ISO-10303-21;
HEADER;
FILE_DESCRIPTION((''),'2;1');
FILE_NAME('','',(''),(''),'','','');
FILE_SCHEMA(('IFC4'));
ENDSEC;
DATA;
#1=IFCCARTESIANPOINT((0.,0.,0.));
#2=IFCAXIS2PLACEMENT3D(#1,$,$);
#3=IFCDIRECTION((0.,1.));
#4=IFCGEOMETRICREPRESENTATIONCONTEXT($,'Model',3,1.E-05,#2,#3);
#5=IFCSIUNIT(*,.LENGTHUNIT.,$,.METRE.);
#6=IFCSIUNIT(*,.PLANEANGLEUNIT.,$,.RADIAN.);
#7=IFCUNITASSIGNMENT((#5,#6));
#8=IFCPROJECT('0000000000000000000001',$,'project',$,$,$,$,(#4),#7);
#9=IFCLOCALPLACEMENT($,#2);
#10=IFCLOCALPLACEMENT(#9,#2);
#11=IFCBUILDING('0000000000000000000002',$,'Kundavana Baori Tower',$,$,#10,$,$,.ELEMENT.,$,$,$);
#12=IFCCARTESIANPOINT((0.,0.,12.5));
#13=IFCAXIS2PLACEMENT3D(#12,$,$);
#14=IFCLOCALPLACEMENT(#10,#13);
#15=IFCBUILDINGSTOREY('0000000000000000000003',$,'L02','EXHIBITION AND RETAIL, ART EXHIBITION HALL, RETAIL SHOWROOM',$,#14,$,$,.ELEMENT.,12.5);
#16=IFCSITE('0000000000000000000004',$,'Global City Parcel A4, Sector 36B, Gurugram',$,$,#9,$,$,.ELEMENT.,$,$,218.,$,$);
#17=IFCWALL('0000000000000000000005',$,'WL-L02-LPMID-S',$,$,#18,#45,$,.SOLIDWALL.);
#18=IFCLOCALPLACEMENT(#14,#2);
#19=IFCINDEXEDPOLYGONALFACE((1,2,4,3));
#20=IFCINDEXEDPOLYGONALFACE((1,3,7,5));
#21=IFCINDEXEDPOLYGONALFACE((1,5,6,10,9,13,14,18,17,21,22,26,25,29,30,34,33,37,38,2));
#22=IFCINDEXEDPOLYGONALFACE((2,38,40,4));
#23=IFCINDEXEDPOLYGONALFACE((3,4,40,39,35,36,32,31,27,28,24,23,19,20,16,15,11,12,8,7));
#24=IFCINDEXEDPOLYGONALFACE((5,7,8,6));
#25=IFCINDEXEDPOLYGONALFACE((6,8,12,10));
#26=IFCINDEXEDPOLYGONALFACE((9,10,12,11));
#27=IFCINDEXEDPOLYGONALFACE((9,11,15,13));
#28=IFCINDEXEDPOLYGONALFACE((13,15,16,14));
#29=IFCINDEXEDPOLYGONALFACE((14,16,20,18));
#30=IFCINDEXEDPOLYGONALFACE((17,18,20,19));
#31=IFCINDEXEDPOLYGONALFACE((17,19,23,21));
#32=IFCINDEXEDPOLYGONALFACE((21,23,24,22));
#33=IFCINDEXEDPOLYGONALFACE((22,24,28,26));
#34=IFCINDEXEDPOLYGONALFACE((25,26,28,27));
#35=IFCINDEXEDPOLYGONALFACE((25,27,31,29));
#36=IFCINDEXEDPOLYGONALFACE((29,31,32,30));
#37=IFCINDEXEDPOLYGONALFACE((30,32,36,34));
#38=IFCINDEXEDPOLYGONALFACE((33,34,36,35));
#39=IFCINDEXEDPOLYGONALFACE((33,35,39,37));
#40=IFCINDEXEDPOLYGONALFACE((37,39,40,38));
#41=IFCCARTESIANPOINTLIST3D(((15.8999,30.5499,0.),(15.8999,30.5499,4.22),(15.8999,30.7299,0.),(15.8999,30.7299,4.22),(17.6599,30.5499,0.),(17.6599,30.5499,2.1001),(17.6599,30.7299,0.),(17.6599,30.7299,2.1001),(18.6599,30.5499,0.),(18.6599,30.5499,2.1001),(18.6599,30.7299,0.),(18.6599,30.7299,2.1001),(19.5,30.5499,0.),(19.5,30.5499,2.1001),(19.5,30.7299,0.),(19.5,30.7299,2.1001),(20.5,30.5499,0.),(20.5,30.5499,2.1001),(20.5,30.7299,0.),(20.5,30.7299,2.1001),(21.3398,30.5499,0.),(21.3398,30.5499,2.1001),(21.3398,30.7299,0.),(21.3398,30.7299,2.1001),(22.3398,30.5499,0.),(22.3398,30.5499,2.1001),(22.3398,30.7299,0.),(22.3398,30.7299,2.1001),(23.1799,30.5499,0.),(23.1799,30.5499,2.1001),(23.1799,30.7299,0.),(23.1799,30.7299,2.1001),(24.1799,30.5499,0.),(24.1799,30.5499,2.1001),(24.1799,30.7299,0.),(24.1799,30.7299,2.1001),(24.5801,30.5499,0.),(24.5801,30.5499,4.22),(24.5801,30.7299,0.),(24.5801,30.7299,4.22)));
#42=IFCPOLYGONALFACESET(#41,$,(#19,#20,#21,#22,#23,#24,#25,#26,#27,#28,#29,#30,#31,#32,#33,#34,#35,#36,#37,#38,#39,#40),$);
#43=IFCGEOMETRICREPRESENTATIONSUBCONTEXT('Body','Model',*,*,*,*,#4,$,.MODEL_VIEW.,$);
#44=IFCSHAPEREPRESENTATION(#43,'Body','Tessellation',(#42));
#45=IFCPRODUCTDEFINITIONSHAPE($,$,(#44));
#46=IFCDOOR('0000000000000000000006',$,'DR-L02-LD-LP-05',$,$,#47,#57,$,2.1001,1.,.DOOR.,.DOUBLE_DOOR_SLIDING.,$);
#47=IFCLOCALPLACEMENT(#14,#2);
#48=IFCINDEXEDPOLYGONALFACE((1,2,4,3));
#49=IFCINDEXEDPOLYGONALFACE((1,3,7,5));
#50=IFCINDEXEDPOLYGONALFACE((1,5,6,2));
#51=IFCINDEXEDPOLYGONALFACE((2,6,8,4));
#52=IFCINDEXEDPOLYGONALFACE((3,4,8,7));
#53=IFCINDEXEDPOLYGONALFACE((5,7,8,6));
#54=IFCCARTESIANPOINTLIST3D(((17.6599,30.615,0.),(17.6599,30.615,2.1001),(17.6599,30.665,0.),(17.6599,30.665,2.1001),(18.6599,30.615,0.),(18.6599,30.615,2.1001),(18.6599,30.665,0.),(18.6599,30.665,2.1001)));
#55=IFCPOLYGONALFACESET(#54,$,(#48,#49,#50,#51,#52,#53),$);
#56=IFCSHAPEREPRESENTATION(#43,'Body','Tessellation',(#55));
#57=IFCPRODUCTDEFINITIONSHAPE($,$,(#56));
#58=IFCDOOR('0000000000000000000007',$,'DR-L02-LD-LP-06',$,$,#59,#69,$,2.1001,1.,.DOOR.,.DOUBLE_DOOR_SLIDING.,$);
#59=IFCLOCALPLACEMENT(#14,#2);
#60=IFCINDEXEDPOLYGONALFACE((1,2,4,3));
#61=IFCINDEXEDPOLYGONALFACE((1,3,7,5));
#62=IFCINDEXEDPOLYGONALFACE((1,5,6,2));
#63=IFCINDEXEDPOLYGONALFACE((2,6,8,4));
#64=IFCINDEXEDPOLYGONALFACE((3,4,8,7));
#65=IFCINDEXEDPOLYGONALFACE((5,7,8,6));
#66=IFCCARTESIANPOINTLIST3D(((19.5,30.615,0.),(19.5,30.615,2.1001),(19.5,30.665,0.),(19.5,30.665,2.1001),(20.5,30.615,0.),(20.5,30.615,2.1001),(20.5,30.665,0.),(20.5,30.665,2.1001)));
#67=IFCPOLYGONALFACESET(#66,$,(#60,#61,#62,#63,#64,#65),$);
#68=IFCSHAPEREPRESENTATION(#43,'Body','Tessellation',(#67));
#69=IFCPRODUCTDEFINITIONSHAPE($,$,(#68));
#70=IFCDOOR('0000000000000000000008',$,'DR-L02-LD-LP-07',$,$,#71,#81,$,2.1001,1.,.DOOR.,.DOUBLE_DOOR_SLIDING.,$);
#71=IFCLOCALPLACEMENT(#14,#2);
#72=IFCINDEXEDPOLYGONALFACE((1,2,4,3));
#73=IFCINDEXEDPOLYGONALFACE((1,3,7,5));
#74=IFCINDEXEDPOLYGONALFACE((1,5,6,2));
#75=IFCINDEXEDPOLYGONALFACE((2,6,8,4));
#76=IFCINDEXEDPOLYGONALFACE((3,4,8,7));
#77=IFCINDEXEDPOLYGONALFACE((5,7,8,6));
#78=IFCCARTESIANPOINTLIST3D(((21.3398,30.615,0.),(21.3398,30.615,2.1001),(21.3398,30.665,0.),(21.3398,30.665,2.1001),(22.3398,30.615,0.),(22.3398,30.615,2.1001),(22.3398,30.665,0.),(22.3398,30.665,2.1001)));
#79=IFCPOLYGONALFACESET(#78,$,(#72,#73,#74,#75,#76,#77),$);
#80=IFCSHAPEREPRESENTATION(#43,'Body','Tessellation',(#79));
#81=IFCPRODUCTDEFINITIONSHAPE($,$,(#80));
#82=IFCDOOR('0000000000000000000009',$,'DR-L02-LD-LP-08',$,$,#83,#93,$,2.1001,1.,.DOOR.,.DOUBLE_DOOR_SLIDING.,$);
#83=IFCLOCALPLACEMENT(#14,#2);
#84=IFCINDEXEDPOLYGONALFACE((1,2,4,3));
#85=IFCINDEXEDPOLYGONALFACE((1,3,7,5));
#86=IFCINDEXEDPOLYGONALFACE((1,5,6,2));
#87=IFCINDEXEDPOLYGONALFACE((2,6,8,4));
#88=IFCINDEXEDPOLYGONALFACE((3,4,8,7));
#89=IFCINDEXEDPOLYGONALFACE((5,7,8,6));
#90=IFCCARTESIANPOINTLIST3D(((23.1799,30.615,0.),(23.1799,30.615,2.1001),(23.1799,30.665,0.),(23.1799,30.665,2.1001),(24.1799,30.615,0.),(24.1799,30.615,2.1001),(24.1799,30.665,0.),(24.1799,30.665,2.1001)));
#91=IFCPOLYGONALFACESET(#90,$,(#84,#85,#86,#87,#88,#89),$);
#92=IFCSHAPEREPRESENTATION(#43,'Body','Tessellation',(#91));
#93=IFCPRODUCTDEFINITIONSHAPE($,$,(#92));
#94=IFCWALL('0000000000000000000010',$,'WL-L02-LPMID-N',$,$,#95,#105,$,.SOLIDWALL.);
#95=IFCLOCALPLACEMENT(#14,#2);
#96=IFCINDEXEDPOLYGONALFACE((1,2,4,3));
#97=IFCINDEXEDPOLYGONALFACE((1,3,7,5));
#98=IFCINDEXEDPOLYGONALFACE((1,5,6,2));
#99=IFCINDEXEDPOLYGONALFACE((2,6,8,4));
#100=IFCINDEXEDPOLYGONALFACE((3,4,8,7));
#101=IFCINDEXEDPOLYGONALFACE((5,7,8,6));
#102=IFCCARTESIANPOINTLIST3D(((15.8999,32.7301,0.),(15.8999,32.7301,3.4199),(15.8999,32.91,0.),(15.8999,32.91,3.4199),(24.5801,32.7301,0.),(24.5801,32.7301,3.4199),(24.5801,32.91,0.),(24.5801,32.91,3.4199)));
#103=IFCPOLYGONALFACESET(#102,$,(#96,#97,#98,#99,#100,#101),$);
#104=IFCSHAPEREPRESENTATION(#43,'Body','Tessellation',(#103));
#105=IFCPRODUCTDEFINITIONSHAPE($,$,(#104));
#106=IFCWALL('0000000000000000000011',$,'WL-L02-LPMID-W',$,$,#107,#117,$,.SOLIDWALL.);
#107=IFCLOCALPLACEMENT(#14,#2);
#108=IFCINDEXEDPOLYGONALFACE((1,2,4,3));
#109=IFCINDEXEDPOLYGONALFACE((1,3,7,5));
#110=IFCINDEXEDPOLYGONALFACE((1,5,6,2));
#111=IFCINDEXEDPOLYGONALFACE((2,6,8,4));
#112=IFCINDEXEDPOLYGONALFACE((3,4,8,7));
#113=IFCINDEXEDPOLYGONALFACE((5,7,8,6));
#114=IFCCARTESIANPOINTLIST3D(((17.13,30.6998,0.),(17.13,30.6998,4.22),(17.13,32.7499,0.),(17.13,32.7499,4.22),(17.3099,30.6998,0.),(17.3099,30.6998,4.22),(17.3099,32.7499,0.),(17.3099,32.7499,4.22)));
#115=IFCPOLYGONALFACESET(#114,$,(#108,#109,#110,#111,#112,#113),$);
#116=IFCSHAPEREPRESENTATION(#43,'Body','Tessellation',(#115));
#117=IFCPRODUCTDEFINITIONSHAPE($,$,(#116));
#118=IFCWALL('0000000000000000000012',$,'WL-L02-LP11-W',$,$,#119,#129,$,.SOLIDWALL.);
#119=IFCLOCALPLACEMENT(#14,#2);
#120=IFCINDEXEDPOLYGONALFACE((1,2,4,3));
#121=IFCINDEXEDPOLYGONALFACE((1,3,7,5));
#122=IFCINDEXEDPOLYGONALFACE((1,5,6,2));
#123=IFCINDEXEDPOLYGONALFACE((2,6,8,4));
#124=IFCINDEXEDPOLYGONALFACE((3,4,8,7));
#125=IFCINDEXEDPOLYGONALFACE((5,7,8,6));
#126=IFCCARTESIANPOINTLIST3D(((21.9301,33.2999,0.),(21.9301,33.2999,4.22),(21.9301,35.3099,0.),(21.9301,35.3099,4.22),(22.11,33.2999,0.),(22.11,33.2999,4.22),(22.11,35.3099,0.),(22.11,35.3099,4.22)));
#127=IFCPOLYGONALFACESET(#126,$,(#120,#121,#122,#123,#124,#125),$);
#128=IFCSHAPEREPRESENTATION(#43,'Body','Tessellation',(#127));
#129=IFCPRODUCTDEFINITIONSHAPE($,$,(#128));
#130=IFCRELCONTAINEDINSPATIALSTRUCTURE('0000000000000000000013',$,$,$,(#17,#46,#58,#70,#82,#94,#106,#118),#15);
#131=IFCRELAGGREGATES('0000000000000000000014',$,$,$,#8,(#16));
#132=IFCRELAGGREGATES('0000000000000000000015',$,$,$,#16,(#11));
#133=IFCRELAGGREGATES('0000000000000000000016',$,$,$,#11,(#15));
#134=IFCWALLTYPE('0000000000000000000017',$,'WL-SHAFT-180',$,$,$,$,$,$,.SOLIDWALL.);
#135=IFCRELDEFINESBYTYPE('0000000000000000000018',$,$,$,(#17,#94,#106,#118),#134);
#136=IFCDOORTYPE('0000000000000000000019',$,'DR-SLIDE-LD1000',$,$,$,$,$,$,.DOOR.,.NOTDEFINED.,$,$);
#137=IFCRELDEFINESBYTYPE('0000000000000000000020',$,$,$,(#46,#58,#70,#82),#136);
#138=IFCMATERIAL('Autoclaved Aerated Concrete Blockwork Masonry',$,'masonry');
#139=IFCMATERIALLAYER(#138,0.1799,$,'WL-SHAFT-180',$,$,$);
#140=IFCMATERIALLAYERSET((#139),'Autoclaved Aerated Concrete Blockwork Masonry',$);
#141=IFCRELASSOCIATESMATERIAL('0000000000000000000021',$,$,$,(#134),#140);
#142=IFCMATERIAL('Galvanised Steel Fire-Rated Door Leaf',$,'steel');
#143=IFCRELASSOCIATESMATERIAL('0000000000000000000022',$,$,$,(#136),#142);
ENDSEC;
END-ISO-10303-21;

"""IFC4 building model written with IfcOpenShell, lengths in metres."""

from ifc_helpers import new_model, si_unit, direction, frame, frame_2d, origin, place, context, subcontext, project, spatial, rectangle, extrude, material, layer, layer_set, type_object, element, fill, save


model = new_model("IFC4")

# Units and contexts
model_context = context("Model", 3, precision=1e-05, world=origin(), true_north=direction((0.0, 1.0)))
body_context = subcontext(model_context, "Body", "Model", "MODEL_VIEW")
ifc_project = project(units=[si_unit("LENGTHUNIT", "METRE"), si_unit("PLANEANGLEUNIT", "RADIAN")], contexts=[model_context])

# Site, building, storey
site_placement = place(None, origin())
site = spatial("IfcSite", under=ifc_project, at=site_placement, Name="Global City Parcel A4, Sector 36B, Gurugram", CompositionType="ELEMENT", RefElevation=218.0)
building_placement = place(site_placement, origin())
building = spatial("IfcBuilding", under=site, at=building_placement, Name="Kundavana Baori Tower", CompositionType="ELEMENT")
storey_placement = place(building_placement, frame((0.0, 0.0, 12.5)))
storey = spatial("IfcBuildingStorey", under=building, at=storey_placement, Name="L02", Description="EXHIBITION AND RETAIL, ART EXHIBITION HALL, RETAIL SHOWROOM", CompositionType="ELEMENT", Elevation=12.5)

# Wall, openings, doors
ifc_material_1 = material(Name="Autoclaved Aerated Concrete Blockwork Masonry", Category="masonry")
ifc_layer_1 = layer(ifc_material_1, 0.1799, Name="WL-SHAFT-180")
ifc_layer_set_1 = layer_set([ifc_layer_1], Name="Autoclaved Aerated Concrete Blockwork Masonry")
wall_type_1 = type_object("IfcWallType", Name="WL-SHAFT-180", PredefinedType="SOLIDWALL", material=ifc_layer_set_1)
wall_1_placement = place(storey_placement, frame((15.8999, 30.6399, 0.0), z_axis=(0.0, 0.0, 1.0), x_axis=(1.0, 0.0, 0.0)))
wall_1 = element("IfcWall", 1, at=wall_1_placement, inside=storey, type_object=wall_type_1, Name="WL-L02-LPMID-S", PredefinedType="SOLIDWALL", context=body_context, shape_type="SweptSolid", body=[
    extrude(rectangle(XDim=8.6802, YDim=0.1799, at=frame_2d((4.3401, 0.0))), origin(), (0.0, 0.0, 1.0), 4.22),
])
opening_1_placement = place(wall_1_placement, frame((1.76, 0.0, 0.0)))
opening_1 = element("IfcOpeningElement", 2, at=opening_1_placement, cuts=wall_1, PredefinedType="OPENING", context=body_context, shape_type="SweptSolid", body=[
    extrude(rectangle(XDim=1.0, YDim=2.1001, at=frame_2d((0.5, 1.05))), frame((0.0, 0.1001, 0.0), z_axis=(0.0, -1.0, 0.0), x_axis=(1.0, 0.0, 0.0)), (0.0, 0.0, 1.0), 0.2),
])
opening_2_placement = place(wall_1_placement, frame((3.6001, 0.0, 0.0)))
opening_2 = element("IfcOpeningElement", 3, at=opening_2_placement, cuts=wall_1, PredefinedType="OPENING", context=body_context, shape_type="SweptSolid", body=[
    extrude(rectangle(XDim=1.0, YDim=2.1001, at=frame_2d((0.5, 1.05))), frame((0.0, 0.1001, 0.0), z_axis=(0.0, -1.0, 0.0), x_axis=(1.0, 0.0, 0.0)), (0.0, 0.0, 1.0), 0.2),
])
opening_3_placement = place(wall_1_placement, frame((5.4399, 0.0, 0.0)))
opening_3 = element("IfcOpeningElement", 4, at=opening_3_placement, cuts=wall_1, PredefinedType="OPENING", context=body_context, shape_type="SweptSolid", body=[
    extrude(rectangle(XDim=1.0, YDim=2.1001, at=frame_2d((0.5, 1.05))), frame((0.0, 0.1001, 0.0), z_axis=(0.0, -1.0, 0.0), x_axis=(1.0, 0.0, 0.0)), (0.0, 0.0, 1.0), 0.2),
])
opening_4_placement = place(wall_1_placement, frame((7.28, 0.0, 0.0)))
opening_4 = element("IfcOpeningElement", 5, at=opening_4_placement, cuts=wall_1, PredefinedType="OPENING", context=body_context, shape_type="SweptSolid", body=[
    extrude(rectangle(XDim=1.0, YDim=2.1001, at=frame_2d((0.5, 1.05))), frame((0.0, 0.1001, 0.0), z_axis=(0.0, -1.0, 0.0), x_axis=(1.0, 0.0, 0.0)), (0.0, 0.0, 1.0), 0.2),
])
ifc_material_2 = material(Name="Galvanised Steel Fire-Rated Door Leaf", Category="steel")
door_type_1 = type_object("IfcDoorType", Name="DR-SLIDE-LD1000", OperationType="NOTDEFINED", PredefinedType="DOOR", material=ifc_material_2)
door_1_placement = place(opening_1_placement, frame((1.0, 0.0, 0.0), z_axis=(0.0, 0.0, 1.0), x_axis=(-1.0, 0.0, 0.0)))
door_1 = element("IfcDoor", 6, at=door_1_placement, inside=storey, type_object=door_type_1, Name="DR-L02-LD-LP-05", OperationType="DOUBLE_DOOR_SLIDING", OverallHeight=2.1001, OverallWidth=1.0, PredefinedType="DOOR", context=body_context, shape_type="SweptSolid", body=[
    extrude(rectangle(XDim=1.0, YDim=2.1001, at=frame_2d((0.5, 1.05))), frame((0.0, 0.0249, 0.0), z_axis=(0.0, -1.0, 0.0), x_axis=(1.0, 0.0, 0.0)), (0.0, 0.0, 1.0), 0.05),
])
fill(opening_1, door_1)
door_2_placement = place(opening_2_placement, frame((1.0, 0.0, 0.0), z_axis=(0.0, 0.0, 1.0), x_axis=(-1.0, 0.0, 0.0)))
door_2 = element("IfcDoor", 7, at=door_2_placement, inside=storey, type_object=door_type_1, Name="DR-L02-LD-LP-06", OperationType="DOUBLE_DOOR_SLIDING", OverallHeight=2.1001, OverallWidth=1.0, PredefinedType="DOOR", context=body_context, shape_type="SweptSolid", body=[
    extrude(rectangle(XDim=1.0, YDim=2.1001, at=frame_2d((0.5, 1.05))), frame((0.0, 0.0249, 0.0), z_axis=(0.0, -1.0, 0.0), x_axis=(1.0, 0.0, 0.0)), (0.0, 0.0, 1.0), 0.05),
])
fill(opening_2, door_2)
door_3_placement = place(opening_3_placement, frame((1.0, 0.0, 0.0), z_axis=(0.0, 0.0, 1.0), x_axis=(-1.0, 0.0, 0.0)))
door_3 = element("IfcDoor", 8, at=door_3_placement, inside=storey, type_object=door_type_1, Name="DR-L02-LD-LP-07", OperationType="DOUBLE_DOOR_SLIDING", OverallHeight=2.1001, OverallWidth=1.0, PredefinedType="DOOR", context=body_context, shape_type="SweptSolid", body=[
    extrude(rectangle(XDim=1.0, YDim=2.1001, at=frame_2d((0.5, 1.05))), frame((0.0, 0.0249, 0.0), z_axis=(0.0, -1.0, 0.0), x_axis=(1.0, 0.0, 0.0)), (0.0, 0.0, 1.0), 0.05),
])
fill(opening_3, door_3)
door_4_placement = place(opening_4_placement, frame((1.0, 0.0, 0.0), z_axis=(0.0, 0.0, 1.0), x_axis=(-1.0, 0.0, 0.0)))
door_4 = element("IfcDoor", 9, at=door_4_placement, inside=storey, type_object=door_type_1, Name="DR-L02-LD-LP-08", OperationType="DOUBLE_DOOR_SLIDING", OverallHeight=2.1001, OverallWidth=1.0, PredefinedType="DOOR", context=body_context, shape_type="SweptSolid", body=[
    extrude(rectangle(XDim=1.0, YDim=2.1001, at=frame_2d((0.5, 1.05))), frame((0.0, 0.0249, 0.0), z_axis=(0.0, -1.0, 0.0), x_axis=(1.0, 0.0, 0.0)), (0.0, 0.0, 1.0), 0.05),
])
fill(opening_4, door_4)

# Walls
wall_2_placement = place(storey_placement, frame((15.8999, 32.8201, 0.0), z_axis=(0.0, 0.0, 1.0), x_axis=(1.0, 0.0, 0.0)))
element("IfcWall", 10, at=wall_2_placement, inside=storey, type_object=wall_type_1, Name="WL-L02-LPMID-N", PredefinedType="SOLIDWALL", context=body_context, shape_type="SweptSolid", body=[
    extrude(rectangle(XDim=8.6802, YDim=0.1799, at=frame_2d((4.3401, 0.0))), origin(), (0.0, 0.0, 1.0), 3.4199),
])
wall_3_placement = place(storey_placement, frame((17.22, 30.7, 0.0), z_axis=(0.0, 0.0, 1.0), x_axis=(0.0, 1.0, 0.0)))
element("IfcWall", 11, at=wall_3_placement, inside=storey, type_object=wall_type_1, Name="WL-L02-LPMID-W", PredefinedType="SOLIDWALL", context=body_context, shape_type="SweptSolid", body=[
    extrude(rectangle(XDim=2.05, YDim=0.1799, at=frame_2d((1.0249, 0.0))), origin(), (0.0, 0.0, 1.0), 4.22),
])
wall_4_placement = place(storey_placement, frame((22.02, 33.3, 0.0), z_axis=(0.0, 0.0, 1.0), x_axis=(0.0, 1.0, 0.0)))
element("IfcWall", 12, at=wall_4_placement, inside=storey, type_object=wall_type_1, Name="WL-L02-LP11-W", PredefinedType="SOLIDWALL", context=body_context, shape_type="SweptSolid", body=[
    extrude(rectangle(XDim=2.01, YDim=0.1799, at=frame_2d((1.0049, 0.0))), origin(), (0.0, 0.0, 1.0), 4.22),
])

save(model, "model.ifc")
